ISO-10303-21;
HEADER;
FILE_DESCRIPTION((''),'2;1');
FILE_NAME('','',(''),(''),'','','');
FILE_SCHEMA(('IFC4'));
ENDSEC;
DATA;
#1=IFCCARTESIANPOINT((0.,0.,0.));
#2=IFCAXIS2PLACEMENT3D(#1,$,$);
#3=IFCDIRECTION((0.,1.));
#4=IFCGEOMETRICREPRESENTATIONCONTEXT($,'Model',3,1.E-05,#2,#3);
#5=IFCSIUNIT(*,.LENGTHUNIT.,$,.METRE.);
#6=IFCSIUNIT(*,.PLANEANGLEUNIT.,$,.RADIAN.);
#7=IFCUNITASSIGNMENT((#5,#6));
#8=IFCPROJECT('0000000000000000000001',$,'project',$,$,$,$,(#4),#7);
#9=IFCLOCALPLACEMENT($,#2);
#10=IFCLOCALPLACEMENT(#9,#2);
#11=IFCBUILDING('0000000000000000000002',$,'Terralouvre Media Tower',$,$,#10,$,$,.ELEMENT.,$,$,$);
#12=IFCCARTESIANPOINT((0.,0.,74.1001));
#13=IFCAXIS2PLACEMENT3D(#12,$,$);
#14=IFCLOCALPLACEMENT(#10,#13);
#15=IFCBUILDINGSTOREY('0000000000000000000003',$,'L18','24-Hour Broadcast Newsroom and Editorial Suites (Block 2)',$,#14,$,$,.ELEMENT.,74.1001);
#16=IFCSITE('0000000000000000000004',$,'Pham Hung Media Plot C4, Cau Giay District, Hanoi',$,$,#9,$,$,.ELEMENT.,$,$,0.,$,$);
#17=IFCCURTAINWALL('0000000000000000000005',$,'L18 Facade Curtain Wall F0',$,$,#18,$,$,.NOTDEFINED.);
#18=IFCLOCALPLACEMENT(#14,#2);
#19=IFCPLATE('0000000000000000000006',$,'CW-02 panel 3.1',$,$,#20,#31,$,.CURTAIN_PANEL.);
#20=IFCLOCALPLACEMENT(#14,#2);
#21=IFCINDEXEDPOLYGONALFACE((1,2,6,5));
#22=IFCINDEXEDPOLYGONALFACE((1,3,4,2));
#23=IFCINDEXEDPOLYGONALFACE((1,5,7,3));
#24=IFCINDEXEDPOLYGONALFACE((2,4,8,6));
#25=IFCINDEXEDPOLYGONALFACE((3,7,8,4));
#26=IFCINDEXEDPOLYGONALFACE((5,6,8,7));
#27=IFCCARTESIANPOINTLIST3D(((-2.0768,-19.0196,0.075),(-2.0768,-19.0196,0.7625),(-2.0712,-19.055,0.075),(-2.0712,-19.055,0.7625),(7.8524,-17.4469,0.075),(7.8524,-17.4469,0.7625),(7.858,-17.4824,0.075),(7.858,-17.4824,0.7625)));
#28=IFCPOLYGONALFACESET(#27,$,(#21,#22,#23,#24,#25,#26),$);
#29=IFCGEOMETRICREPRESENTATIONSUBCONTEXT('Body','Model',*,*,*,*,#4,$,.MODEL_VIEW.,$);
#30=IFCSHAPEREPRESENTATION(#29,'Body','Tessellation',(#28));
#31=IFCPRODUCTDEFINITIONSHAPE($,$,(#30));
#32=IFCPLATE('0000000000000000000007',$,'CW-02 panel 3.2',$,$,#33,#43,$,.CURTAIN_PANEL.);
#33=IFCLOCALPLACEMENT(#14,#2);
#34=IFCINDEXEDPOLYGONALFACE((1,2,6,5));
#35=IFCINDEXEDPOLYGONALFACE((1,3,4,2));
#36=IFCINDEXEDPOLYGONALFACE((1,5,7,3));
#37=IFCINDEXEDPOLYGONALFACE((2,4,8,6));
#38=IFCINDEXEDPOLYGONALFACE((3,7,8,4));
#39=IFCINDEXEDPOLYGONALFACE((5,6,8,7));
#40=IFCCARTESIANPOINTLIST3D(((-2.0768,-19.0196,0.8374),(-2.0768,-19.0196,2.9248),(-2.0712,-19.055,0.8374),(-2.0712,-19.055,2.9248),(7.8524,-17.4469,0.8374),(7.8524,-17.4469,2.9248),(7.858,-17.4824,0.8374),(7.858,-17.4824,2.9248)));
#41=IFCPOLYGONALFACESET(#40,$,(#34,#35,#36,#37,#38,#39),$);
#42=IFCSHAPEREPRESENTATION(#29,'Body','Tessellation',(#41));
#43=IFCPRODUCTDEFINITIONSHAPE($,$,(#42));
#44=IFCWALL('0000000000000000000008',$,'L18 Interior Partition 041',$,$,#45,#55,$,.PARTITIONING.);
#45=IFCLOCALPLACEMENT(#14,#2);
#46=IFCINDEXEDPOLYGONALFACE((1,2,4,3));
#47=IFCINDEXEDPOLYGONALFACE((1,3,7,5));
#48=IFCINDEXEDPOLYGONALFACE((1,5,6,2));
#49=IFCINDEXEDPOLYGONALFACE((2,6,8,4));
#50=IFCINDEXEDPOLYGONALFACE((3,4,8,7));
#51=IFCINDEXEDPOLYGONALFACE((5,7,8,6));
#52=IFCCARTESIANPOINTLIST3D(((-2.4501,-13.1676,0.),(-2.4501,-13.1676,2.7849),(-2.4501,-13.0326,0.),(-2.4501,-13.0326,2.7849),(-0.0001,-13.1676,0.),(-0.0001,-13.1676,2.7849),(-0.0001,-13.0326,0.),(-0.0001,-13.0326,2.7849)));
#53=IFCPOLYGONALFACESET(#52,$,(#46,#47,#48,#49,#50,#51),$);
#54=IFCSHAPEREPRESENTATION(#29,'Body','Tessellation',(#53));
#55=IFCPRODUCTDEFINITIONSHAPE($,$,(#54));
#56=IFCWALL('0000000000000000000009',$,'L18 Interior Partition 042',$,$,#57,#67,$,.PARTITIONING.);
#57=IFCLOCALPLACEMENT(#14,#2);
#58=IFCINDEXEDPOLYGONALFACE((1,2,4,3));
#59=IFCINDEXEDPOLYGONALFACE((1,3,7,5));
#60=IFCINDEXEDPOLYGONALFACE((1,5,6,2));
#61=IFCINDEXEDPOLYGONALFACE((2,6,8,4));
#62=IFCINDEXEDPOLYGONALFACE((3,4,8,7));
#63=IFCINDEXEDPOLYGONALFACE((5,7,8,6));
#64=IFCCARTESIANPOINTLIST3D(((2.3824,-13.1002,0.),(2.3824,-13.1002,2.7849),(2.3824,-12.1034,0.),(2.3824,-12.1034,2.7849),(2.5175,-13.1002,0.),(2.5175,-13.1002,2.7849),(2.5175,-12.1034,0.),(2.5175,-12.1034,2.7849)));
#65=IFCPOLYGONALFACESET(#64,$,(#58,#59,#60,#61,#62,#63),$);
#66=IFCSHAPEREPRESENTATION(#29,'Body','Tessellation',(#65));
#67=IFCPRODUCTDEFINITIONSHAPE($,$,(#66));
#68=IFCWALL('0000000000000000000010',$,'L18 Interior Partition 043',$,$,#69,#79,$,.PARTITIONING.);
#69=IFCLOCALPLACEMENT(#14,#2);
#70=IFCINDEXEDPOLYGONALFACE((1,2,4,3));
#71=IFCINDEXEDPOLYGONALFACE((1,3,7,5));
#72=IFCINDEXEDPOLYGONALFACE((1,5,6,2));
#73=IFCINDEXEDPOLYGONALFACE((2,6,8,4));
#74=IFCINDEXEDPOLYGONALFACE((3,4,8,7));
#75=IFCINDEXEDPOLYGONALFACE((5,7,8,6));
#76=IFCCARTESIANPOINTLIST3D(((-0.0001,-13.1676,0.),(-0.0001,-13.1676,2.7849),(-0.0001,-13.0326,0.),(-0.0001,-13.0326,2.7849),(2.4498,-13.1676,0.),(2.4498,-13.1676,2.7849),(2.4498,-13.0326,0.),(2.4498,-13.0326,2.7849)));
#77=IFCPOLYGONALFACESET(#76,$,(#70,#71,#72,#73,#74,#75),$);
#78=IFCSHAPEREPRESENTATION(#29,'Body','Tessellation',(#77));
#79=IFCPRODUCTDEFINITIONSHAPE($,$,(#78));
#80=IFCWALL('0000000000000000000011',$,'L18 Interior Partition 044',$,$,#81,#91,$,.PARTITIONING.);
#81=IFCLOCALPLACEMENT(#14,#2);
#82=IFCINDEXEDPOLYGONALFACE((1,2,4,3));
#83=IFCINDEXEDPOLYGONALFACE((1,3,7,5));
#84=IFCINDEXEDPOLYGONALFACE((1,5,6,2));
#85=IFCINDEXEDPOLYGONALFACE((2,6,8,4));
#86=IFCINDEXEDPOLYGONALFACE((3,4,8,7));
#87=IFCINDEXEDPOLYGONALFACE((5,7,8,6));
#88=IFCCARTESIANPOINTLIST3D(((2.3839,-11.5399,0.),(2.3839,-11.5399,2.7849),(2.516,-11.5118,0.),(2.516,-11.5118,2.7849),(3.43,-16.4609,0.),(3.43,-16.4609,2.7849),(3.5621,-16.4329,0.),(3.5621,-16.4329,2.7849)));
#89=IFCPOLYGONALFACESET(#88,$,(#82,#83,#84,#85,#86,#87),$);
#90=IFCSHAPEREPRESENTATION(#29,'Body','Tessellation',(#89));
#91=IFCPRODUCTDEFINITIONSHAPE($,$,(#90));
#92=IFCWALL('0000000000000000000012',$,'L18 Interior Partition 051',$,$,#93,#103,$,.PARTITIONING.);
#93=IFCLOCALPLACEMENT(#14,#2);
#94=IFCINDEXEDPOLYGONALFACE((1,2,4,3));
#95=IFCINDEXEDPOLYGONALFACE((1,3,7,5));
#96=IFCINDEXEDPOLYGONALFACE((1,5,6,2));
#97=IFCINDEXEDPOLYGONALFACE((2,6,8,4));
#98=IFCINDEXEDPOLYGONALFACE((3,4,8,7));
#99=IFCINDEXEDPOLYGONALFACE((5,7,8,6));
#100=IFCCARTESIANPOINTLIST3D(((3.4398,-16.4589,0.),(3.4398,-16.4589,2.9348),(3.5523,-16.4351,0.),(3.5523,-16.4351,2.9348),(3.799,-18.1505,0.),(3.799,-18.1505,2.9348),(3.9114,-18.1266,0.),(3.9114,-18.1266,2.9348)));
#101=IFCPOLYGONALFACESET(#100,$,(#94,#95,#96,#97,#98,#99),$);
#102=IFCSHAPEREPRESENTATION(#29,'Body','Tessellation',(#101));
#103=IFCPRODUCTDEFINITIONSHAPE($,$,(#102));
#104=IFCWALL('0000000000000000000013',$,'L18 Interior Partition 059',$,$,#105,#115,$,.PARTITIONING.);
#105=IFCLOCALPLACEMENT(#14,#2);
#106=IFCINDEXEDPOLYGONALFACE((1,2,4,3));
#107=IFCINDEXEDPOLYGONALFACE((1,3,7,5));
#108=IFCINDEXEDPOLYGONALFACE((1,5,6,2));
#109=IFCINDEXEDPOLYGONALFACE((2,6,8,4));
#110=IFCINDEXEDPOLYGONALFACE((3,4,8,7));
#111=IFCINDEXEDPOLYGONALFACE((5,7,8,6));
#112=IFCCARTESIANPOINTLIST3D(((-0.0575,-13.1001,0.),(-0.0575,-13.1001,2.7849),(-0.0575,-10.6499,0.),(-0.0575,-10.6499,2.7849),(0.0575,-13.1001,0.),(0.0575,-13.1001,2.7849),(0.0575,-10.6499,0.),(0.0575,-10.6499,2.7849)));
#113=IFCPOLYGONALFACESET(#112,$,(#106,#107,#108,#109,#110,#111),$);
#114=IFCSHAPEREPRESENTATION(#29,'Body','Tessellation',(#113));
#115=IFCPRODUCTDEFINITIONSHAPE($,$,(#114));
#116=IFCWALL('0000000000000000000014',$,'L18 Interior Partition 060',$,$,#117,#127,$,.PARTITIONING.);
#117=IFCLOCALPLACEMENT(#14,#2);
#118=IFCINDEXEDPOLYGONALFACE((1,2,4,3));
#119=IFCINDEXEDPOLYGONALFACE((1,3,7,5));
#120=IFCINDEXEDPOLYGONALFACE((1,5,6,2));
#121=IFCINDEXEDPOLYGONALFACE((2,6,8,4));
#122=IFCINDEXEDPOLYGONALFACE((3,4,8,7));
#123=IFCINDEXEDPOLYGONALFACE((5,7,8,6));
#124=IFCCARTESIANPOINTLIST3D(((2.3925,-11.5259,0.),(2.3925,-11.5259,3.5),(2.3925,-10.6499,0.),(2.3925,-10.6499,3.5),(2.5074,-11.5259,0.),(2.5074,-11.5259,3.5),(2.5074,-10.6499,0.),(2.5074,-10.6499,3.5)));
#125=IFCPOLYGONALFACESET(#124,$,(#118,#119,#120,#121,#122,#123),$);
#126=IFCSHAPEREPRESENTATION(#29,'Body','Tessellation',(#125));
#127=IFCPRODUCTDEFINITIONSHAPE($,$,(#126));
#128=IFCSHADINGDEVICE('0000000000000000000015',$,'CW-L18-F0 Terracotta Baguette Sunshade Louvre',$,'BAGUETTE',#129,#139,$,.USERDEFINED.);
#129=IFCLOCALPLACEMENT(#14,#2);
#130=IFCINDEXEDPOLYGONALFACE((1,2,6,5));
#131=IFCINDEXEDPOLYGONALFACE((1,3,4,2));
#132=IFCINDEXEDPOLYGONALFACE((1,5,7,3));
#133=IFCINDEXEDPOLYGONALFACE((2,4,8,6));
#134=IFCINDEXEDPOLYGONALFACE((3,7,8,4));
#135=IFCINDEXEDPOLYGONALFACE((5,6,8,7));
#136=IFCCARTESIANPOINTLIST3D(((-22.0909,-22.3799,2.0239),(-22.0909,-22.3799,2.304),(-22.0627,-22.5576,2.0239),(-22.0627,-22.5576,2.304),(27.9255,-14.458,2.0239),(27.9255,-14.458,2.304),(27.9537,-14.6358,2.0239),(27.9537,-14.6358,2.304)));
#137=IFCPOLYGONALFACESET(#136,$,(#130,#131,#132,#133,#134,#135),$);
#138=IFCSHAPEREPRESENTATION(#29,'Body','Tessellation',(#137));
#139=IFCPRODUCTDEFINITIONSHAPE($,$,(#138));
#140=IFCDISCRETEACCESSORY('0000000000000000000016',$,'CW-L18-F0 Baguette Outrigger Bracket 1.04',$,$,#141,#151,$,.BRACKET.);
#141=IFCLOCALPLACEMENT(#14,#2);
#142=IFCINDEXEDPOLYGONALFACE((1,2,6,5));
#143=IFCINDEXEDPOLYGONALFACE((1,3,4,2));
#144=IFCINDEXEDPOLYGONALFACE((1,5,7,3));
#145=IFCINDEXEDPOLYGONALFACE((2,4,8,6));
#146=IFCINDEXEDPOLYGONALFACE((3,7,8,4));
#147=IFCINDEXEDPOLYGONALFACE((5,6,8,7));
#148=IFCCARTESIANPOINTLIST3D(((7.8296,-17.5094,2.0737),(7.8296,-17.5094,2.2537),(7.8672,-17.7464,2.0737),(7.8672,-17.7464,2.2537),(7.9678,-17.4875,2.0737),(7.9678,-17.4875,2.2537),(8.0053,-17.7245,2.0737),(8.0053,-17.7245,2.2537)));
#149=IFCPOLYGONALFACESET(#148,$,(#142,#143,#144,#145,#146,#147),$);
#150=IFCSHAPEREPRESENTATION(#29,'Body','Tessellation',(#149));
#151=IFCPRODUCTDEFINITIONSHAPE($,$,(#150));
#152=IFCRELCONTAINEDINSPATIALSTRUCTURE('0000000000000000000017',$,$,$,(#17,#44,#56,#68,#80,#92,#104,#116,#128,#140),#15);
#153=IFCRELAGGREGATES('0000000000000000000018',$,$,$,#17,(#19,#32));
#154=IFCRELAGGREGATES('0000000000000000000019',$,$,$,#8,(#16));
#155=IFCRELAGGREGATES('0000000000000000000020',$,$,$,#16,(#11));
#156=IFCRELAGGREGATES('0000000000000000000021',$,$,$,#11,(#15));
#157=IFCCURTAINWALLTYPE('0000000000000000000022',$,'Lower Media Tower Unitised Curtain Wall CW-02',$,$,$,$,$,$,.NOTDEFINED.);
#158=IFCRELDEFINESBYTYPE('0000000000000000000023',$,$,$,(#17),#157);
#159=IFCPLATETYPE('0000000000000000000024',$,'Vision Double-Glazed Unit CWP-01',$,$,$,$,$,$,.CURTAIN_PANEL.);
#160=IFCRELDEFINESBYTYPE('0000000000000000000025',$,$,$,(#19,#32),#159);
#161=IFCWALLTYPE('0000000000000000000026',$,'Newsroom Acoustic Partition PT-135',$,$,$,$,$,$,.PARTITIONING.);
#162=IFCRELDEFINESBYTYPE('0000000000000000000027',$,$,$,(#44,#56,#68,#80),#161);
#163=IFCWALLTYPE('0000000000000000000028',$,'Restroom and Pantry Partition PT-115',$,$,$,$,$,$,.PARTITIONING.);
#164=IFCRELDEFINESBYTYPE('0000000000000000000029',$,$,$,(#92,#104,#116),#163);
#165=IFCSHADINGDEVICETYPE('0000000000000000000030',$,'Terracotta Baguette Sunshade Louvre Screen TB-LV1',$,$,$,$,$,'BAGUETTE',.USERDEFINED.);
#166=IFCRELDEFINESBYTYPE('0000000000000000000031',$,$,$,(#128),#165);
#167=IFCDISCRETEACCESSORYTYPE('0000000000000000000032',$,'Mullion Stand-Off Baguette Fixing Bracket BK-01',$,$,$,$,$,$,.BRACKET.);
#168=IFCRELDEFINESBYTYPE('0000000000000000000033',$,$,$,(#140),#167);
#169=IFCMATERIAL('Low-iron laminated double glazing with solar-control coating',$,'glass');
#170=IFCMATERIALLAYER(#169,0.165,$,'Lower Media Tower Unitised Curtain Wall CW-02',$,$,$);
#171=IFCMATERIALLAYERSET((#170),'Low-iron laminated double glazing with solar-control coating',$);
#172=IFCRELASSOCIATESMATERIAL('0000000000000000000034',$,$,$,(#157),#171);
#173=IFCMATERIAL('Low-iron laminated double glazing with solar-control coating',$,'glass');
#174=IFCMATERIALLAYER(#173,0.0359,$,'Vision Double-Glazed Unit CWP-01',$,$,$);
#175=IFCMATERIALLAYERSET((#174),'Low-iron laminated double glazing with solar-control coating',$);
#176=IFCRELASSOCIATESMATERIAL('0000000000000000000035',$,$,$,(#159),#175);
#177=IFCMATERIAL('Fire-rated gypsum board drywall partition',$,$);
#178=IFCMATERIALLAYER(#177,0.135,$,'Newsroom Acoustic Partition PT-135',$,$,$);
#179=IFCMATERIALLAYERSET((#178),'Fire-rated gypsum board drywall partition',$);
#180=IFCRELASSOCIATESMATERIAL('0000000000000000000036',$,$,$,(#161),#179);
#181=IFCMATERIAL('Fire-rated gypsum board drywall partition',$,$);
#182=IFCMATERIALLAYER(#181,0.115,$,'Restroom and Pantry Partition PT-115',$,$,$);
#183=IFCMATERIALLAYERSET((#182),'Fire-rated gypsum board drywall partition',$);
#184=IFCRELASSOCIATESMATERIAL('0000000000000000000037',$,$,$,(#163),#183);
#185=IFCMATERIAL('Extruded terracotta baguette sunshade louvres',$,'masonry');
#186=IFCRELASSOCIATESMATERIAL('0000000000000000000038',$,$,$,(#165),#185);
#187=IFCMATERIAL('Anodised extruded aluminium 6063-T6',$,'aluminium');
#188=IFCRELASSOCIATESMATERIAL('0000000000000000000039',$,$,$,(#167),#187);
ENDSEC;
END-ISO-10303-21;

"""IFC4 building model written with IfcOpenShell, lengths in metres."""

from ifc_helpers import new_model, si_unit, direction, frame, frame_2d, origin, origin_2d, place, context, subcontext, project, spatial, rectangle, extrude, material, layer, layer_set, type_object, element, aggregate, save


model = new_model("IFC4")

# Units and contexts
model_context = context("Model", 3, precision=1e-05, world=origin(), true_north=direction((0.0, 1.0)))
body_context = subcontext(model_context, "Body", "Model", "MODEL_VIEW")
ifc_project = project(units=[si_unit("LENGTHUNIT", "METRE"), si_unit("PLANEANGLEUNIT", "RADIAN")], contexts=[model_context])

# Site, building, storey
site_placement = place(None, origin())
site = spatial("IfcSite", under=ifc_project, at=site_placement, Name="Pham Hung Media Plot C4, Cau Giay District, Hanoi", CompositionType="ELEMENT", RefElevation=0.0)
building_placement = place(site_placement, origin())
building = spatial("IfcBuilding", under=site, at=building_placement, Name="Terralouvre Media Tower", CompositionType="ELEMENT")
storey_placement = place(building_placement, frame((0.0, 0.0, 74.1001)))
storey = spatial("IfcBuildingStorey", under=building, at=storey_placement, Name="L18", Description="24-Hour Broadcast Newsroom and Editorial Suites (Block 2)", CompositionType="ELEMENT", Elevation=74.1001)

# Curtain wall
ifc_material_1 = material(Name="Low-iron laminated double glazing with solar-control coating", Category="glass")
ifc_layer_1 = layer(ifc_material_1, 0.165, Name="Lower Media Tower Unitised Curtain Wall CW-02")
ifc_layer_set_1 = layer_set([ifc_layer_1], Name="Low-iron laminated double glazing with solar-control coating")
curtain_wall_type = type_object("IfcCurtainWallType", Name="Lower Media Tower Unitised Curtain Wall CW-02", PredefinedType="NOTDEFINED", material=ifc_layer_set_1)
curtain_wall_placement = place(storey_placement, origin())
curtain_wall = element("IfcCurtainWall", 1, at=curtain_wall_placement, inside=storey, type_object=curtain_wall_type, Name="L18 Facade Curtain Wall F0", PredefinedType="NOTDEFINED")

# Plates
ifc_material_2 = material(Name="Low-iron laminated double glazing with solar-control coating", Category="glass")
ifc_layer_2 = layer(ifc_material_2, 0.0359, Name="Vision Double-Glazed Unit CWP-01")
ifc_layer_set_2 = layer_set([ifc_layer_2], Name="Low-iron laminated double glazing with solar-control coating")
plate_type = type_object("IfcPlateType", Name="Vision Double-Glazed Unit CWP-01", PredefinedType="CURTAIN_PANEL", material=ifc_layer_set_2)
plate_1_placement = place(storey_placement, frame((2.8906, -18.251, 0.075), z_axis=(0.0, 0.0, 1.0), x_axis=(0.987688, 0.156434, 0.0)))
plate_1 = element("IfcPlate", 2, at=plate_1_placement, type_object=plate_type, Name="CW-02 panel 3.1", PredefinedType="CURTAIN_PANEL", context=body_context, shape_type="SweptSolid", body=[
    extrude(rectangle(XDim=10.053, YDim=0.0359, at=origin_2d()), origin(), (0.0, 0.0, 1.0), 0.6875),
])
plate_2_placement = place(storey_placement, frame((2.8906, -18.251, 0.8374), z_axis=(0.0, 0.0, 1.0), x_axis=(0.987688, 0.156434, 0.0)))
plate_2 = element("IfcPlate", 3, at=plate_2_placement, type_object=plate_type, Name="CW-02 panel 3.2", PredefinedType="CURTAIN_PANEL", context=body_context, shape_type="SweptSolid", body=[
    extrude(rectangle(XDim=10.053, YDim=0.0359, at=origin_2d()), origin(), (0.0, 0.0, 1.0), 2.0874),
])
aggregate(curtain_wall, [plate_1, plate_2])

# Walls
ifc_material_3 = material(Name="Fire-rated gypsum board drywall partition")
ifc_layer_3 = layer(ifc_material_3, 0.135, Name="Newsroom Acoustic Partition PT-135")
ifc_layer_set_3 = layer_set([ifc_layer_3], Name="Fire-rated gypsum board drywall partition")
wall_type_1 = type_object("IfcWallType", Name="Newsroom Acoustic Partition PT-135", PredefinedType="PARTITIONING", material=ifc_layer_set_3)
wall_1_placement = place(storey_placement, frame((0.0, -13.1001, 0.0), z_axis=(0.0, 0.0, 1.0), x_axis=(-1.0, 0.0, 0.0)))
element("IfcWall", 4, at=wall_1_placement, inside=storey, type_object=wall_type_1, Name="L18 Interior Partition 041", PredefinedType="PARTITIONING", context=body_context, shape_type="SweptSolid", body=[
    extrude(rectangle(XDim=2.45, YDim=0.135, at=frame_2d((1.2251, 0.0))), origin(), (0.0, 0.0, 1.0), 2.7849),
])
wall_2_placement = place(storey_placement, frame((2.45, -12.1033, 0.0), z_axis=(0.0, 0.0, 1.0), x_axis=(0.0, -1.0, 0.0)))
element("IfcWall", 5, at=wall_2_placement, inside=storey, type_object=wall_type_1, Name="L18 Interior Partition 042", PredefinedType="PARTITIONING", context=body_context, shape_type="SweptSolid", body=[
    extrude(rectangle(XDim=0.9968, YDim=0.135, at=frame_2d((0.4985, 0.0))), origin(), (0.0, 0.0, 1.0), 2.7849),
])
wall_3_placement = place(storey_placement, frame((2.45, -13.1001, 0.0), z_axis=(0.0, 0.0, 1.0), x_axis=(-1.0, 0.0, 0.0)))
element("IfcWall", 6, at=wall_3_placement, inside=storey, type_object=wall_type_1, Name="L18 Interior Partition 043", PredefinedType="PARTITIONING", context=body_context, shape_type="SweptSolid", body=[
    extrude(rectangle(XDim=2.45, YDim=0.135, at=frame_2d((1.2251, 0.0))), origin(), (0.0, 0.0, 1.0), 2.7849),
])
wall_4_placement = place(storey_placement, frame((3.4961, -16.447, 0.0), z_axis=(0.0, 0.0, 1.0), x_axis=(-0.207935, 0.978143, 0.0)))
element("IfcWall", 7, at=wall_4_placement, inside=storey, type_object=wall_type_1, Name="L18 Interior Partition 044", PredefinedType="PARTITIONING", context=body_context, shape_type="SweptSolid", body=[
    extrude(rectangle(XDim=5.031, YDim=0.135, at=frame_2d((2.5156, 0.0))), origin(), (0.0, 0.0, 1.0), 2.7849),
])
ifc_material_4 = material(Name="Fire-rated gypsum board drywall partition")
ifc_layer_4 = layer(ifc_material_4, 0.115, Name="Restroom and Pantry Partition PT-115")
ifc_layer_set_4 = layer_set([ifc_layer_4], Name="Fire-rated gypsum board drywall partition")
wall_type_2 = type_object("IfcWallType", Name="Restroom and Pantry Partition PT-115", PredefinedType="PARTITIONING", material=ifc_layer_set_4)
wall_5_placement = place(storey_placement, frame((3.8552, -18.1387, 0.0), z_axis=(0.0, 0.0, 1.0), x_axis=(-0.207668, 0.978199, 0.0)))
element("IfcWall", 8, at=wall_5_placement, inside=storey, type_object=wall_type_2, Name="L18 Interior Partition 051", PredefinedType="PARTITIONING", context=body_context, shape_type="SweptSolid", body=[
    extrude(rectangle(XDim=1.7292, YDim=0.115, at=frame_2d((0.8647, 0.0))), origin(), (0.0, 0.0, 1.0), 2.9348),
])
wall_6_placement = place(storey_placement, frame((0.0, -13.1001, 0.0), z_axis=(0.0, 0.0, 1.0), x_axis=(0.0, 1.0, 0.0)))
element("IfcWall", 9, at=wall_6_placement, inside=storey, type_object=wall_type_2, Name="L18 Interior Partition 059", PredefinedType="PARTITIONING", context=body_context, shape_type="SweptSolid", body=[
    extrude(rectangle(XDim=2.4502, YDim=0.115, at=frame_2d((1.2251, 0.0))), origin(), (0.0, 0.0, 1.0), 2.7849),
])
wall_7_placement = place(storey_placement, frame((2.45, -11.5259, 0.0), z_axis=(0.0, 0.0, 1.0), x_axis=(0.0, 1.0, 0.0)))
element("IfcWall", 10, at=wall_7_placement, inside=storey, type_object=wall_type_2, Name="L18 Interior Partition 060", PredefinedType="PARTITIONING", context=body_context, shape_type="SweptSolid", body=[
    extrude(rectangle(XDim=0.876, YDim=0.115, at=frame_2d((0.438, 0.0))), origin(), (0.0, 0.0, 1.0), 3.5),
])

# Shading device
ifc_material_5 = material(Name="Extruded terracotta baguette sunshade louvres", Category="masonry")
shading_device_type = type_object("IfcShadingDeviceType", Name="Terracotta Baguette Sunshade Louvre Screen TB-LV1", ElementType="BAGUETTE", PredefinedType="USERDEFINED", material=ifc_material_5)
shading_device_placement = place(storey_placement, frame((2.9314, -18.5078, 2.0239), z_axis=(0.0, 0.0, 1.0), x_axis=(0.987688, 0.156434, 0.0)))
element("IfcShadingDevice", 11, at=shading_device_placement, inside=storey, type_object=shading_device_type, Name="CW-L18-F0 Terracotta Baguette Sunshade Louvre", ObjectType="BAGUETTE", PredefinedType="USERDEFINED", context=body_context, shape_type="SweptSolid", body=[
    extrude(rectangle(XDim=50.6399, YDim=0.1799, at=origin_2d()), origin(), (0.0, 0.0, 1.0), 0.28),
])

# Discrete accessory
ifc_material_6 = material(Name="Anodised extruded aluminium 6063-T6", Category="aluminium")
discrete_accessory_type = type_object("IfcDiscreteAccessoryType", Name="Mullion Stand-Off Baguette Fixing Bracket BK-01", PredefinedType="BRACKET", material=ifc_material_6)
discrete_accessory_placement = place(storey_placement, frame((7.9175, -17.6169, 2.0737), z_axis=(0.0, 0.0, 1.0), x_axis=(0.987688, 0.156434, 0.0)))
element("IfcDiscreteAccessory", 12, at=discrete_accessory_placement, inside=storey, type_object=discrete_accessory_type, Name="CW-L18-F0 Baguette Outrigger Bracket 1.04", PredefinedType="BRACKET", context=body_context, shape_type="SweptSolid", body=[
    extrude(rectangle(XDim=0.1399, YDim=0.24, at=origin_2d()), origin(), (0.0, 0.0, 1.0), 0.1799),
])

save(model, "model.ifc")
